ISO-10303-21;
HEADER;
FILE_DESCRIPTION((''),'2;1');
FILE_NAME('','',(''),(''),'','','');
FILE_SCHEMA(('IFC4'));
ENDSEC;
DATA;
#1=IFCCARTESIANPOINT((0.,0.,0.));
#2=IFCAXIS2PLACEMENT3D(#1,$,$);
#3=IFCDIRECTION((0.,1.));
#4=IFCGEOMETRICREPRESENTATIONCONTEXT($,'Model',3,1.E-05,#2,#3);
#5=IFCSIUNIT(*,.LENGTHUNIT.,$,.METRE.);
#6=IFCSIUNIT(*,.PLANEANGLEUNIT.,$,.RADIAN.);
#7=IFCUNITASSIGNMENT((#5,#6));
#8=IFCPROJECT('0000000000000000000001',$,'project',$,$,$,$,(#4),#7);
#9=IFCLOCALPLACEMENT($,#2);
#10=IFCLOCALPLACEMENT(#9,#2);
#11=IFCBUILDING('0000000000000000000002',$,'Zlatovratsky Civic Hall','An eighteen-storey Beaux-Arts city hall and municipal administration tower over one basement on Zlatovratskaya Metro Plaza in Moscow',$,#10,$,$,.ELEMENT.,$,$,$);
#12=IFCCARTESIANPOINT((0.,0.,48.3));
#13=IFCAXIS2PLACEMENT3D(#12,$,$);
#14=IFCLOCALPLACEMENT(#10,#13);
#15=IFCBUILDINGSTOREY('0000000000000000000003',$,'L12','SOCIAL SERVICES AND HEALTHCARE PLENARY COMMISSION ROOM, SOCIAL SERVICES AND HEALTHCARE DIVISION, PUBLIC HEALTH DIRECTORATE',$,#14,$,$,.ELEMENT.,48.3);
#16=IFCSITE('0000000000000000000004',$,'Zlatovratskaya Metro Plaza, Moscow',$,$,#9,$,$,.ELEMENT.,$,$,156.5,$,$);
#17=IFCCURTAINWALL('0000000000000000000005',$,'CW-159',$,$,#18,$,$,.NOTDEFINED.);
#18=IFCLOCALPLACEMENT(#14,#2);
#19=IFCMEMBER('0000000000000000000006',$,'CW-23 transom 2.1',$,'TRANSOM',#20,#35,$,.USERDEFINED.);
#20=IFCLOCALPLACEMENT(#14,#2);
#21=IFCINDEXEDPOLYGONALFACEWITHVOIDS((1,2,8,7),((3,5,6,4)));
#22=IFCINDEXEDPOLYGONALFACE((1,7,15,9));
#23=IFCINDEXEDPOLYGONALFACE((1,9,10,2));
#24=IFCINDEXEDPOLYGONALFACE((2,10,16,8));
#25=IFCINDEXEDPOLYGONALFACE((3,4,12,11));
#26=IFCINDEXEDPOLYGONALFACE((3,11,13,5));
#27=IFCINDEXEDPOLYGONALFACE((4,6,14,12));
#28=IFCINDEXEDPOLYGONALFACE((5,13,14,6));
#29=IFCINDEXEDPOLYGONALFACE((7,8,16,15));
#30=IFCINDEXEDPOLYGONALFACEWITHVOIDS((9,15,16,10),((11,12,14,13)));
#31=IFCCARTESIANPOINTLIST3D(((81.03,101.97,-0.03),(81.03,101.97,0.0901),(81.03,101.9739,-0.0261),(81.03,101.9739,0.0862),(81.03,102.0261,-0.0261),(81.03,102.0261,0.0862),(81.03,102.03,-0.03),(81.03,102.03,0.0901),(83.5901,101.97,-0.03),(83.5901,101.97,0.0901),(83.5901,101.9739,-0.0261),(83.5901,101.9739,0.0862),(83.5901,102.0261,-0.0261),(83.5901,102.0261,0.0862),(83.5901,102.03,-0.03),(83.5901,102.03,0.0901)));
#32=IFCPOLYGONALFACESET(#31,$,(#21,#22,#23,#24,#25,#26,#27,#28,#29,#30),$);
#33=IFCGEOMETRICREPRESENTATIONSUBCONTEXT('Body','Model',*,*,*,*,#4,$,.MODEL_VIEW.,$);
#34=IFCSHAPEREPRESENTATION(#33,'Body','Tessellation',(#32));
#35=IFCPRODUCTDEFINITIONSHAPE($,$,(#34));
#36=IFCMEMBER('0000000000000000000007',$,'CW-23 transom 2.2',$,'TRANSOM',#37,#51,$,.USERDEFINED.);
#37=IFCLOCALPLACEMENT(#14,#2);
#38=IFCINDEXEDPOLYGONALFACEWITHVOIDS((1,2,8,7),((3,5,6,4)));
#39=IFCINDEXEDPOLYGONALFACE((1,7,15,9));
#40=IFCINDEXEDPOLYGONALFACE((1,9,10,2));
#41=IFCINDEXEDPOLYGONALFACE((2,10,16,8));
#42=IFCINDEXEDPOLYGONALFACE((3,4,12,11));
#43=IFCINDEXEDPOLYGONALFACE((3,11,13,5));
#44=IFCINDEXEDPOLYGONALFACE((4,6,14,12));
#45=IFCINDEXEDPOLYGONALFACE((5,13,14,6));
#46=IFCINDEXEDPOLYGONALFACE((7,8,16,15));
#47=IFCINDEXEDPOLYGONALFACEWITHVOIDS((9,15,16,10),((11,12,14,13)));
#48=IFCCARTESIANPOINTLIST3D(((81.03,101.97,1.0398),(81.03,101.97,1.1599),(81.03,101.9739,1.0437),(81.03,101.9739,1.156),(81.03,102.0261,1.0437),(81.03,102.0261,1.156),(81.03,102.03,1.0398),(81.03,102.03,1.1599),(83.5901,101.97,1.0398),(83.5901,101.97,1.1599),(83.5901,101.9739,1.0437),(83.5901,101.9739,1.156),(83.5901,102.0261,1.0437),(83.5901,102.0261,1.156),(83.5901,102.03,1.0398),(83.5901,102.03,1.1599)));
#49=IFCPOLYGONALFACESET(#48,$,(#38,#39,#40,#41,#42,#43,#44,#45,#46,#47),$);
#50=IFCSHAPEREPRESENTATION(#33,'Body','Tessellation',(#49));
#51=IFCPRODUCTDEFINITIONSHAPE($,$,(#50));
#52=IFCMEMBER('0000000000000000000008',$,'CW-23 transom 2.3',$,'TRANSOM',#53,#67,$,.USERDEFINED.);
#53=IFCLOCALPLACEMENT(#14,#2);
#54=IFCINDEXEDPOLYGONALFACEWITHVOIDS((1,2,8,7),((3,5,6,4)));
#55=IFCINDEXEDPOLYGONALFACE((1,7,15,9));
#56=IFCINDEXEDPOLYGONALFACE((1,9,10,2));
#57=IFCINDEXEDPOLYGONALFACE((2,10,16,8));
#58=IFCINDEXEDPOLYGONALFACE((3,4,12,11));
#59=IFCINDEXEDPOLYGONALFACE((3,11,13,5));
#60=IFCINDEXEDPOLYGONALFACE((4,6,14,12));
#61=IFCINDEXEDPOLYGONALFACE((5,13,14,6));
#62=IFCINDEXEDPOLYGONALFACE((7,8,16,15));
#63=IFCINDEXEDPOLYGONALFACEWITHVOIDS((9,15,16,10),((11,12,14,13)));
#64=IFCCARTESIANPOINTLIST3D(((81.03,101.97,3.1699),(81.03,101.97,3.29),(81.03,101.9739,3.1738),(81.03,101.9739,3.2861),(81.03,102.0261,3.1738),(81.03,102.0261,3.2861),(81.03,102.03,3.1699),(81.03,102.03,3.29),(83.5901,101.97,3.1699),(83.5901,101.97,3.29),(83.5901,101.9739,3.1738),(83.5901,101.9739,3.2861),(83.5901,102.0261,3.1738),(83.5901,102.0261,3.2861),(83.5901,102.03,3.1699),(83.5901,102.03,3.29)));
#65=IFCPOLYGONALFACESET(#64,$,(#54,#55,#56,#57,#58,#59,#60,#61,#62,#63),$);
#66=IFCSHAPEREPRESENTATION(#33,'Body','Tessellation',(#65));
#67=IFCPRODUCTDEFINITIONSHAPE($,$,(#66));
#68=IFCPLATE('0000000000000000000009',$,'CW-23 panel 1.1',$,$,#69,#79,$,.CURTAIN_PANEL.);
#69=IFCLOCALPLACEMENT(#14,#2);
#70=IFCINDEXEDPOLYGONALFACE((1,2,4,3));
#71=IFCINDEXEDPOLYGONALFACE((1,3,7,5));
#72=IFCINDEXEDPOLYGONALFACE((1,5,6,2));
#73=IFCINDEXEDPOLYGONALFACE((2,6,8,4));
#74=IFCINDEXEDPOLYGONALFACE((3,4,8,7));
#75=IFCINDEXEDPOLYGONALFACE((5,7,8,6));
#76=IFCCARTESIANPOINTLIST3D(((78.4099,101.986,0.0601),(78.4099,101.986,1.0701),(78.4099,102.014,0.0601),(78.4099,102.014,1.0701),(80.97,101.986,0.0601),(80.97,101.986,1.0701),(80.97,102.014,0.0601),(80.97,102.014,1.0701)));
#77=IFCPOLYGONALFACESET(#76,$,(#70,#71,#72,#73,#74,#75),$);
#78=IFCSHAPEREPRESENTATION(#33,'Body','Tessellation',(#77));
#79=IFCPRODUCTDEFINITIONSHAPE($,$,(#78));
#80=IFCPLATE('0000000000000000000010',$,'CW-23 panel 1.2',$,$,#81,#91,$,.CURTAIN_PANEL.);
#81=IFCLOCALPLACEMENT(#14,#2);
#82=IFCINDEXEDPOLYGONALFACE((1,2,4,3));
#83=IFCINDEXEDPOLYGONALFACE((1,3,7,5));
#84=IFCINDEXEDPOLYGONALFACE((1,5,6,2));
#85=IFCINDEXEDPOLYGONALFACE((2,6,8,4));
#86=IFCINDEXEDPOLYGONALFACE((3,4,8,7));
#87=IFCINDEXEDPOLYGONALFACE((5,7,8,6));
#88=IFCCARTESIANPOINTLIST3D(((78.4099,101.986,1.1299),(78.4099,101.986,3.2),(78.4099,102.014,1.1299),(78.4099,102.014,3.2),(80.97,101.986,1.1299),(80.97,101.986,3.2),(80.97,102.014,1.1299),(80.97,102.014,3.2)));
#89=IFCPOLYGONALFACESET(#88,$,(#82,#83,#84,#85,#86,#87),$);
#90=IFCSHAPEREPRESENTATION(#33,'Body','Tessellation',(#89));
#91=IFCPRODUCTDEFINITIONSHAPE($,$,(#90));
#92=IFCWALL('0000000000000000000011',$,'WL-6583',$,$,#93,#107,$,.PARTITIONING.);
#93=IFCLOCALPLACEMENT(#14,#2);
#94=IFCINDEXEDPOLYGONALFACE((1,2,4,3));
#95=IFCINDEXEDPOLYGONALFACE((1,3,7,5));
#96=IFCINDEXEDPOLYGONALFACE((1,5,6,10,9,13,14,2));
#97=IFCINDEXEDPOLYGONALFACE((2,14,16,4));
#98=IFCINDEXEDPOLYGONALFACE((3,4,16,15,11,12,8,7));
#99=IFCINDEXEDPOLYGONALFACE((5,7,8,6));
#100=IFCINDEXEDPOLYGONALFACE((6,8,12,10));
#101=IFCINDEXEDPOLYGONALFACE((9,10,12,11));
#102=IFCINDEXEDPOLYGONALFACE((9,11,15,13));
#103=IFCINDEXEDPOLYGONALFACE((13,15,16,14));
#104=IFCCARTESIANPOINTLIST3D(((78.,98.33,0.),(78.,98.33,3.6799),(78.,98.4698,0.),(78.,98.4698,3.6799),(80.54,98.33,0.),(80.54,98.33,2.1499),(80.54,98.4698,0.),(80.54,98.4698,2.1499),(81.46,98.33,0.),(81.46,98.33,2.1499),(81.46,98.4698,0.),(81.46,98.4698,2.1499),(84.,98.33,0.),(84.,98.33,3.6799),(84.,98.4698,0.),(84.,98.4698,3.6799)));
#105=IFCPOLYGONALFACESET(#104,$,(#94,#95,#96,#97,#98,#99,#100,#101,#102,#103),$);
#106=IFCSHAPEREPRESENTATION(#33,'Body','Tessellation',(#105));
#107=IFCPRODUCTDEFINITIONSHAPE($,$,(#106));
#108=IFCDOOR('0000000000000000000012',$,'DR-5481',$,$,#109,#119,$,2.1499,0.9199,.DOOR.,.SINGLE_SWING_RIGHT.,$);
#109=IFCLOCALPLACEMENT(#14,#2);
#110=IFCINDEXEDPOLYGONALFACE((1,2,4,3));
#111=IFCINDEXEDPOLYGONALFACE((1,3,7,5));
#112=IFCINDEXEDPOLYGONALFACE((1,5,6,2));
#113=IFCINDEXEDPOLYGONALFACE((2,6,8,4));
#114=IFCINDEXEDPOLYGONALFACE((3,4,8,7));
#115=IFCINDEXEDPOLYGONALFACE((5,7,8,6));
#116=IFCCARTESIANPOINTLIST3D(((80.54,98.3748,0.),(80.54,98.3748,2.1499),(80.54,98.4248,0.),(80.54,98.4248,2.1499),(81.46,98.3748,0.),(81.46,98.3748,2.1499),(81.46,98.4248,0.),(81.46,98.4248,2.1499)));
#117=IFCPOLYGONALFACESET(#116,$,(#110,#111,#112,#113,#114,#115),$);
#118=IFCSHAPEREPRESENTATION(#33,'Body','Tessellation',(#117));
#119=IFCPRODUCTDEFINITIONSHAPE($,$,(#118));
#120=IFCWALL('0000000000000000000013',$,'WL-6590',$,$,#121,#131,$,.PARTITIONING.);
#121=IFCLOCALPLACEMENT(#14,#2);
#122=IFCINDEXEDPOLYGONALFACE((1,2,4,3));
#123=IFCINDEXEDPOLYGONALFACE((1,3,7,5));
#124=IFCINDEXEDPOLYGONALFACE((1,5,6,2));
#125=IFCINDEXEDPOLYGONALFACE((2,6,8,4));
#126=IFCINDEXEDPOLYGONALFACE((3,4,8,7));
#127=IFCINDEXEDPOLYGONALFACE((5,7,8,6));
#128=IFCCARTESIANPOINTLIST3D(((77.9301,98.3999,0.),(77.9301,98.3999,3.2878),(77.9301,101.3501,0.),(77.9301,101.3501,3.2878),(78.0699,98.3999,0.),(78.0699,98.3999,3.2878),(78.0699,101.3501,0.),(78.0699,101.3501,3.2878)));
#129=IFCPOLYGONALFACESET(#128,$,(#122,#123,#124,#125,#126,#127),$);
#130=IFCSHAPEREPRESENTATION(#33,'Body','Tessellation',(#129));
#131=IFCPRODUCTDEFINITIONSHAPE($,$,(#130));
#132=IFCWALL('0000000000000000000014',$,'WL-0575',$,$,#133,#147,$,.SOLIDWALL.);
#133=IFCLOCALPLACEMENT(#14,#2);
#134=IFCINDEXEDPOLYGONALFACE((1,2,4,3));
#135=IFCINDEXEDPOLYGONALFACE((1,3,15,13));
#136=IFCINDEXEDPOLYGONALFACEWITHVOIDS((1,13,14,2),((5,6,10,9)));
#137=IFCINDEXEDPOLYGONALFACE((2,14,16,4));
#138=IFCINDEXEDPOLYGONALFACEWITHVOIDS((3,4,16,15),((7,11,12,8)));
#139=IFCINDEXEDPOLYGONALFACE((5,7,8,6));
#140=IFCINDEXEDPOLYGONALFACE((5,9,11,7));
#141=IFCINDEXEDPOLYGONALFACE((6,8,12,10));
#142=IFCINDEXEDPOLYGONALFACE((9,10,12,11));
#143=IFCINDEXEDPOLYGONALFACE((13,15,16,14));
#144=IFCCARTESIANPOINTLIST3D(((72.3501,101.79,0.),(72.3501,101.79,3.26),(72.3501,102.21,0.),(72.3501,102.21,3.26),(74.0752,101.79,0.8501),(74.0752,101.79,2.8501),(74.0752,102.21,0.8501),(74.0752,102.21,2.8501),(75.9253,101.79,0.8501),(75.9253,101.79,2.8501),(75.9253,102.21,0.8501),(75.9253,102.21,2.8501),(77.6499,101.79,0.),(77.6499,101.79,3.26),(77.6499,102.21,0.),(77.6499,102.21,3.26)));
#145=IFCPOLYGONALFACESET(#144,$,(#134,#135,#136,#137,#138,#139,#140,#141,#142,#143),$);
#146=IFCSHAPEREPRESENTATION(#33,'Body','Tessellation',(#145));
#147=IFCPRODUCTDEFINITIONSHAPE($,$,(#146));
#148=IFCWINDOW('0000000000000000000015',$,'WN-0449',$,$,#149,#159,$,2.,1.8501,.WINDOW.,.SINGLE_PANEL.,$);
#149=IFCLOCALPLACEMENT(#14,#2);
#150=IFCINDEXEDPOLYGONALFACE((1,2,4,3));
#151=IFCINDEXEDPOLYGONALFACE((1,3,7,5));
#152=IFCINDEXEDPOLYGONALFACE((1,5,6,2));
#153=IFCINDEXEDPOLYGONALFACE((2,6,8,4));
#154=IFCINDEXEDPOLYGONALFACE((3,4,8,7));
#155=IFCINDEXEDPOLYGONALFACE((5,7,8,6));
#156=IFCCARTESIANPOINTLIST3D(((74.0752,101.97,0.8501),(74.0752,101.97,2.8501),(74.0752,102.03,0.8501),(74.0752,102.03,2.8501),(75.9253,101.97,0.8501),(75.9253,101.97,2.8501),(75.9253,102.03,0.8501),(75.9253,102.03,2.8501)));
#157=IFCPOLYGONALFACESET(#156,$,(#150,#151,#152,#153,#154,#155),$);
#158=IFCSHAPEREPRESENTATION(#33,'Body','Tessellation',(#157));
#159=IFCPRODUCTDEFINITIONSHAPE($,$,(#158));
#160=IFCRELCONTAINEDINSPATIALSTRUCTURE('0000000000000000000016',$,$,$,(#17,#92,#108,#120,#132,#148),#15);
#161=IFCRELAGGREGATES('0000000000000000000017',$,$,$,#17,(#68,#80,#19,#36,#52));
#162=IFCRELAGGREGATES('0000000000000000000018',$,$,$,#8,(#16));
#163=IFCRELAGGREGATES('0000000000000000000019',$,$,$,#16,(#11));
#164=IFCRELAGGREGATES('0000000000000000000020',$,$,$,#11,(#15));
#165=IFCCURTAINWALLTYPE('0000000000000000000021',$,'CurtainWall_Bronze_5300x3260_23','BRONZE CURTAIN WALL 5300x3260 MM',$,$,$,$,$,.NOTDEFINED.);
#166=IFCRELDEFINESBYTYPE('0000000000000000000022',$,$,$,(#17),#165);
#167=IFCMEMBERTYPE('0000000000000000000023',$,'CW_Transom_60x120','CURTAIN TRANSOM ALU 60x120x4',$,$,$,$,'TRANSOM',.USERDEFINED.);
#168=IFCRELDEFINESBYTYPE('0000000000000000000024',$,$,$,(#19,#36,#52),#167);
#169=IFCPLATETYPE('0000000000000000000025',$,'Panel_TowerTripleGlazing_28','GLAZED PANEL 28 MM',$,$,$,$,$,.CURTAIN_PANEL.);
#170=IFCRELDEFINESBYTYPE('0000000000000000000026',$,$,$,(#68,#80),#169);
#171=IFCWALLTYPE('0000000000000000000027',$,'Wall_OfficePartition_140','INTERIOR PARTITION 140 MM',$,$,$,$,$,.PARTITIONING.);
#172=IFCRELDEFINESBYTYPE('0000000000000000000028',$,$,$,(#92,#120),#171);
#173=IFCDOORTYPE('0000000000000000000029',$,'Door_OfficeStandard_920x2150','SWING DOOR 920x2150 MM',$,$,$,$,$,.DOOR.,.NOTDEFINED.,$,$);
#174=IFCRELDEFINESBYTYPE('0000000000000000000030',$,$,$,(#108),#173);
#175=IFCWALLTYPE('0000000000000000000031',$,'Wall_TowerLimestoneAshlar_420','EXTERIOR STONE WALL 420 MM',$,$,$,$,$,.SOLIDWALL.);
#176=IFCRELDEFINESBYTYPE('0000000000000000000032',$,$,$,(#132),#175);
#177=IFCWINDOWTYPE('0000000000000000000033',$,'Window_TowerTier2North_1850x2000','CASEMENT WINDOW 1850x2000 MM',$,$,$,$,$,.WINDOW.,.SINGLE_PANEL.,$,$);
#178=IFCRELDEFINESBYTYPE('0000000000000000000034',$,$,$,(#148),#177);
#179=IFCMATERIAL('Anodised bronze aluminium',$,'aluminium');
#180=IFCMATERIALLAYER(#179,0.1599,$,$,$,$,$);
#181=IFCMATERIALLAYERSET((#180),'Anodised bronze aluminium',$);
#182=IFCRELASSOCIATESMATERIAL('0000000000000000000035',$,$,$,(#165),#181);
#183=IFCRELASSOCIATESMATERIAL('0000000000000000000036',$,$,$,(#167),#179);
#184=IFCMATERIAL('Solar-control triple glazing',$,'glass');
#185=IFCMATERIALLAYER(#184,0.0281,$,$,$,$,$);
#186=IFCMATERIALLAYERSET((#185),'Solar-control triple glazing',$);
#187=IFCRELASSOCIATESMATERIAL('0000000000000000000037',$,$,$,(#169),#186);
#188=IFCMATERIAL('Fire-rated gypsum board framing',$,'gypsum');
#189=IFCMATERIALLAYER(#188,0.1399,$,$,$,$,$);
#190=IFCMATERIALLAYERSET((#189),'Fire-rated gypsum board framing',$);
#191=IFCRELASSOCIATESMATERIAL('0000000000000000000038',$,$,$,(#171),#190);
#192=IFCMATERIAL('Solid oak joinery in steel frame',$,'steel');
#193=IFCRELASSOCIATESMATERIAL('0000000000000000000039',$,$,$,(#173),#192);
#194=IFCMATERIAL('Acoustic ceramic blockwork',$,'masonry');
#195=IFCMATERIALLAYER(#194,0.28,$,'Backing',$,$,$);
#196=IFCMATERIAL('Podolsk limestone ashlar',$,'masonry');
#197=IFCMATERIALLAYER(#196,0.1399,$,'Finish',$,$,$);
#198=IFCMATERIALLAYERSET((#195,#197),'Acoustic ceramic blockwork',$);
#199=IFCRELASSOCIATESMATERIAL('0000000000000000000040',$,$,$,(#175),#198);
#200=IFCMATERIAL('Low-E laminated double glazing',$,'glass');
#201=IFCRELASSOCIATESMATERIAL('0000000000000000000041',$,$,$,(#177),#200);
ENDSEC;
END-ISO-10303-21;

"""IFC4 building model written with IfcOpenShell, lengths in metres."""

from ifc_helpers import new_model, si_unit, direction, frame, frame_2d, origin, origin_2d, place, context, subcontext, project, spatial, rectangle, hollow_rectangle, extrude, material, layer, layer_set, material_profile, profile_set, type_object, element, fill, aggregate, save


model = new_model("IFC4")

# Units and contexts
model_context = context("Model", 3, precision=1e-05, world=origin(), true_north=direction((0.0, 1.0)))
body_context = subcontext(model_context, "Body", "Model", "MODEL_VIEW")
ifc_project = project(units=[si_unit("LENGTHUNIT", "METRE"), si_unit("PLANEANGLEUNIT", "RADIAN")], contexts=[model_context])

# Site, building, storey
site_placement = place(None, origin())
site = spatial("IfcSite", under=ifc_project, at=site_placement, Name="Zlatovratskaya Metro Plaza, Moscow", CompositionType="ELEMENT", RefElevation=156.5)
building_placement = place(site_placement, origin())
building = spatial("IfcBuilding", under=site, at=building_placement, Name="Zlatovratsky Civic Hall", Description="An eighteen-storey Beaux-Arts city hall and municipal administration tower over one basement on Zlatovratskaya Metro Plaza in Moscow", CompositionType="ELEMENT")
storey_placement = place(building_placement, frame((0.0, 0.0, 48.3)))
storey = spatial("IfcBuildingStorey", under=building, at=storey_placement, Name="L12", Description="SOCIAL SERVICES AND HEALTHCARE PLENARY COMMISSION ROOM, SOCIAL SERVICES AND HEALTHCARE DIVISION, PUBLIC HEALTH DIRECTORATE", CompositionType="ELEMENT", Elevation=48.3)

# Curtain wall, members, plates
ifc_material_1 = material(Name="Anodised bronze aluminium", Category="aluminium")
ifc_layer_1 = layer(ifc_material_1, 0.1599)
ifc_layer_set_1 = layer_set([ifc_layer_1], Name="Anodised bronze aluminium")
curtain_wall_type = type_object("IfcCurtainWallType", Name="CurtainWall_Bronze_5300x3260_23", Description="BRONZE CURTAIN WALL 5300x3260 MM", PredefinedType="NOTDEFINED", material=ifc_layer_set_1)
curtain_wall_placement = place(storey_placement, origin())
curtain_wall = element("IfcCurtainWall", 1, at=curtain_wall_placement, inside=storey, type_object=curtain_wall_type, Name="CW-159", PredefinedType="NOTDEFINED")
ifc_material_profile_1 = material_profile(ifc_material_1, hollow_rectangle(XDim=0.0601, YDim=0.1201, WallThickness=0.0039, at=origin_2d()), Name="ALU 60x120x4")
ifc_profile_set_1 = profile_set([ifc_material_profile_1], Name="Anodised bronze aluminium")
member_type_1 = type_object("IfcMemberType", Name="CW_Transom_60x120", Description="CURTAIN TRANSOM ALU 60x120x4", ElementType="TRANSOM", PredefinedType="USERDEFINED", material=ifc_profile_set_1)
member_1_placement = place(storey_placement, frame((81.03, 102.0, 0.03), z_axis=(1.0, 0.0, 0.0), x_axis=(0.0, 1.0, 0.0)))
member_1 = element("IfcMember", 2, at=member_1_placement, type_object=member_type_1, Name="CW-23 transom 2.1", ObjectType="TRANSOM", PredefinedType="USERDEFINED", context=body_context, shape_type="SweptSolid", body=[
    extrude(hollow_rectangle(XDim=0.0601, YDim=0.1201, WallThickness=0.0039, at=origin_2d()), origin(), (0.0, 0.0, 1.0), 2.5601),
])
member_2_placement = place(storey_placement, frame((81.03, 102.0, 1.0999), z_axis=(1.0, 0.0, 0.0), x_axis=(0.0, 1.0, 0.0)))
member_2 = element("IfcMember", 3, at=member_2_placement, type_object=member_type_1, Name="CW-23 transom 2.2", ObjectType="TRANSOM", PredefinedType="USERDEFINED", context=body_context, shape_type="SweptSolid", body=[
    extrude(hollow_rectangle(XDim=0.0601, YDim=0.1201, WallThickness=0.0039, at=origin_2d()), origin(), (0.0, 0.0, 1.0), 2.5601),
])
member_3_placement = place(storey_placement, frame((81.03, 102.0, 3.23), z_axis=(1.0, 0.0, 0.0), x_axis=(0.0, 1.0, 0.0)))
member_3 = element("IfcMember", 4, at=member_3_placement, type_object=member_type_1, Name="CW-23 transom 2.3", ObjectType="TRANSOM", PredefinedType="USERDEFINED", context=body_context, shape_type="SweptSolid", body=[
    extrude(hollow_rectangle(XDim=0.0601, YDim=0.1201, WallThickness=0.0039, at=origin_2d()), origin(), (0.0, 0.0, 1.0), 2.5601),
])
ifc_material_2 = material(Name="Solar-control triple glazing", Category="glass")
ifc_layer_2 = layer(ifc_material_2, 0.0281)
ifc_layer_set_2 = layer_set([ifc_layer_2], Name="Solar-control triple glazing")
plate_type = type_object("IfcPlateType", Name="Panel_TowerTripleGlazing_28", Description="GLAZED PANEL 28 MM", PredefinedType="CURTAIN_PANEL", material=ifc_layer_set_2)
plate_1_placement = place(storey_placement, frame((79.6899, 102.0, 0.0601), z_axis=(0.0, 0.0, 1.0), x_axis=(1.0, 0.0, 0.0)))
plate_1 = element("IfcPlate", 5, at=plate_1_placement, type_object=plate_type, Name="CW-23 panel 1.1", PredefinedType="CURTAIN_PANEL", context=body_context, shape_type="SweptSolid", body=[
    extrude(rectangle(XDim=2.5601, YDim=0.0281, at=origin_2d()), origin(), (0.0, 0.0, 1.0), 1.01),
])
plate_2_placement = place(storey_placement, frame((79.6899, 102.0, 1.1299), z_axis=(0.0, 0.0, 1.0), x_axis=(1.0, 0.0, 0.0)))
plate_2 = element("IfcPlate", 6, at=plate_2_placement, type_object=plate_type, Name="CW-23 panel 1.2", PredefinedType="CURTAIN_PANEL", context=body_context, shape_type="SweptSolid", body=[
    extrude(rectangle(XDim=2.5601, YDim=0.0281, at=origin_2d()), origin(), (0.0, 0.0, 1.0), 2.0701),
])
aggregate(curtain_wall, [plate_1, plate_2, member_1, member_2, member_3])

# Wall, opening, door
ifc_material_3 = material(Name="Fire-rated gypsum board framing", Category="gypsum")
ifc_layer_3 = layer(ifc_material_3, 0.1399)
ifc_layer_set_3 = layer_set([ifc_layer_3], Name="Fire-rated gypsum board framing")
wall_type_1 = type_object("IfcWallType", Name="Wall_OfficePartition_140", Description="INTERIOR PARTITION 140 MM", PredefinedType="PARTITIONING", material=ifc_layer_set_3)
wall_1_placement = place(storey_placement, frame((78.0, 98.3999, 0.0), z_axis=(0.0, 0.0, 1.0), x_axis=(1.0, 0.0, 0.0)))
wall_1 = element("IfcWall", 7, at=wall_1_placement, inside=storey, type_object=wall_type_1, Name="WL-6583", PredefinedType="PARTITIONING", context=body_context, shape_type="SweptSolid", body=[
    extrude(rectangle(XDim=6.0, YDim=0.1399, at=frame_2d((3.0, 0.0))), origin(), (0.0, 0.0, 1.0), 3.6799),
])
opening_1_placement = place(wall_1_placement, frame((2.54, 0.0, 0.0)))
opening_1 = element("IfcOpeningElement", 8, at=opening_1_placement, cuts=wall_1, PredefinedType="OPENING", context=body_context, shape_type="SweptSolid", body=[
    extrude(rectangle(XDim=0.9199, YDim=2.1499, at=frame_2d((0.46, 1.075))), frame((0.0, 0.085, 0.0), z_axis=(0.0, -1.0, 0.0), x_axis=(1.0, 0.0, 0.0)), (0.0, 0.0, 1.0), 0.1697),
])
ifc_material_4 = material(Name="Solid oak joinery in steel frame", Category="steel")
door_type_1 = type_object("IfcDoorType", Name="Door_OfficeStandard_920x2150", Description="SWING DOOR 920x2150 MM", OperationType="NOTDEFINED", PredefinedType="DOOR", material=ifc_material_4)
door_1_placement = place(opening_1_placement, origin())
door_1 = element("IfcDoor", 9, at=door_1_placement, inside=storey, type_object=door_type_1, Name="DR-5481", OperationType="SINGLE_SWING_RIGHT", OverallHeight=2.1499, OverallWidth=0.9199, PredefinedType="DOOR", context=body_context, shape_type="SweptSolid", body=[
    extrude(rectangle(XDim=0.9199, YDim=2.1499, at=frame_2d((0.46, 1.075))), frame((0.0, 0.0249, 0.0), z_axis=(0.0, -1.0, 0.0), x_axis=(1.0, 0.0, 0.0)), (0.0, 0.0, 1.0), 0.05),
])
fill(opening_1, door_1)

# Wall
wall_2_placement = place(storey_placement, frame((78.0, 98.3999, 0.0), z_axis=(0.0, 0.0, 1.0), x_axis=(0.0, 1.0, 0.0)))
element("IfcWall", 10, at=wall_2_placement, inside=storey, type_object=wall_type_1, Name="WL-6590", PredefinedType="PARTITIONING", context=body_context, shape_type="SweptSolid", body=[
    extrude(rectangle(XDim=2.9502, YDim=0.1399, at=frame_2d((1.4751, 0.0))), origin(), (0.0, 0.0, 1.0), 3.2878),
])

# Wall, opening, window
ifc_material_5 = material(Name="Acoustic ceramic blockwork", Category="masonry")
ifc_layer_4 = layer(ifc_material_5, 0.28, Name="Backing")
ifc_material_6 = material(Name="Podolsk limestone ashlar", Category="masonry")
ifc_layer_5 = layer(ifc_material_6, 0.1399, Name="Finish")
ifc_layer_set_4 = layer_set([ifc_layer_4, ifc_layer_5], Name="Acoustic ceramic blockwork")
wall_type_2 = type_object("IfcWallType", Name="Wall_TowerLimestoneAshlar_420", Description="EXTERIOR STONE WALL 420 MM", PredefinedType="SOLIDWALL", material=ifc_layer_set_4)
wall_3_placement = place(storey_placement, frame((72.3501, 102.0, 0.0), z_axis=(0.0, 0.0, 1.0), x_axis=(1.0, 0.0, 0.0)))
wall_3 = element("IfcWall", 11, at=wall_3_placement, inside=storey, type_object=wall_type_2, Name="WL-0575", PredefinedType="SOLIDWALL", context=body_context, shape_type="SweptSolid", body=[
    extrude(rectangle(XDim=5.2998, YDim=0.4199, at=frame_2d((2.6499, 0.0))), origin(), (0.0, 0.0, 1.0), 3.26),
])
opening_2_placement = place(wall_3_placement, frame((1.7251, 0.0, 0.8501)))
opening_2 = element("IfcOpeningElement", 12, at=opening_2_placement, cuts=wall_3, PredefinedType="OPENING", context=body_context, shape_type="SweptSolid", body=[
    extrude(rectangle(XDim=1.8501, YDim=2.0, at=frame_2d((0.925, 1.0))), frame((0.0, 0.2249, 0.0), z_axis=(0.0, -1.0, 0.0), x_axis=(1.0, 0.0, 0.0)), (0.0, 0.0, 1.0), 0.4497),
])
ifc_material_7 = material(Name="Low-E laminated double glazing", Category="glass")
window_type = type_object("IfcWindowType", Name="Window_TowerTier2North_1850x2000", Description="CASEMENT WINDOW 1850x2000 MM", PartitioningType="SINGLE_PANEL", PredefinedType="WINDOW", material=ifc_material_7)
window_placement = place(opening_2_placement, origin())
window = element("IfcWindow", 13, at=window_placement, inside=storey, type_object=window_type, Name="WN-0449", OverallHeight=2.0, OverallWidth=1.8501, PartitioningType="SINGLE_PANEL", PredefinedType="WINDOW", context=body_context, shape_type="SweptSolid", body=[
    extrude(rectangle(XDim=1.8501, YDim=2.0, at=frame_2d((0.925, 1.0))), frame((0.0, 0.03, 0.0), z_axis=(0.0, -1.0, 0.0), x_axis=(1.0, 0.0, 0.0)), (0.0, 0.0, 1.0), 0.0601),
])
fill(opening_2, window)

save(model, "model.ifc")
